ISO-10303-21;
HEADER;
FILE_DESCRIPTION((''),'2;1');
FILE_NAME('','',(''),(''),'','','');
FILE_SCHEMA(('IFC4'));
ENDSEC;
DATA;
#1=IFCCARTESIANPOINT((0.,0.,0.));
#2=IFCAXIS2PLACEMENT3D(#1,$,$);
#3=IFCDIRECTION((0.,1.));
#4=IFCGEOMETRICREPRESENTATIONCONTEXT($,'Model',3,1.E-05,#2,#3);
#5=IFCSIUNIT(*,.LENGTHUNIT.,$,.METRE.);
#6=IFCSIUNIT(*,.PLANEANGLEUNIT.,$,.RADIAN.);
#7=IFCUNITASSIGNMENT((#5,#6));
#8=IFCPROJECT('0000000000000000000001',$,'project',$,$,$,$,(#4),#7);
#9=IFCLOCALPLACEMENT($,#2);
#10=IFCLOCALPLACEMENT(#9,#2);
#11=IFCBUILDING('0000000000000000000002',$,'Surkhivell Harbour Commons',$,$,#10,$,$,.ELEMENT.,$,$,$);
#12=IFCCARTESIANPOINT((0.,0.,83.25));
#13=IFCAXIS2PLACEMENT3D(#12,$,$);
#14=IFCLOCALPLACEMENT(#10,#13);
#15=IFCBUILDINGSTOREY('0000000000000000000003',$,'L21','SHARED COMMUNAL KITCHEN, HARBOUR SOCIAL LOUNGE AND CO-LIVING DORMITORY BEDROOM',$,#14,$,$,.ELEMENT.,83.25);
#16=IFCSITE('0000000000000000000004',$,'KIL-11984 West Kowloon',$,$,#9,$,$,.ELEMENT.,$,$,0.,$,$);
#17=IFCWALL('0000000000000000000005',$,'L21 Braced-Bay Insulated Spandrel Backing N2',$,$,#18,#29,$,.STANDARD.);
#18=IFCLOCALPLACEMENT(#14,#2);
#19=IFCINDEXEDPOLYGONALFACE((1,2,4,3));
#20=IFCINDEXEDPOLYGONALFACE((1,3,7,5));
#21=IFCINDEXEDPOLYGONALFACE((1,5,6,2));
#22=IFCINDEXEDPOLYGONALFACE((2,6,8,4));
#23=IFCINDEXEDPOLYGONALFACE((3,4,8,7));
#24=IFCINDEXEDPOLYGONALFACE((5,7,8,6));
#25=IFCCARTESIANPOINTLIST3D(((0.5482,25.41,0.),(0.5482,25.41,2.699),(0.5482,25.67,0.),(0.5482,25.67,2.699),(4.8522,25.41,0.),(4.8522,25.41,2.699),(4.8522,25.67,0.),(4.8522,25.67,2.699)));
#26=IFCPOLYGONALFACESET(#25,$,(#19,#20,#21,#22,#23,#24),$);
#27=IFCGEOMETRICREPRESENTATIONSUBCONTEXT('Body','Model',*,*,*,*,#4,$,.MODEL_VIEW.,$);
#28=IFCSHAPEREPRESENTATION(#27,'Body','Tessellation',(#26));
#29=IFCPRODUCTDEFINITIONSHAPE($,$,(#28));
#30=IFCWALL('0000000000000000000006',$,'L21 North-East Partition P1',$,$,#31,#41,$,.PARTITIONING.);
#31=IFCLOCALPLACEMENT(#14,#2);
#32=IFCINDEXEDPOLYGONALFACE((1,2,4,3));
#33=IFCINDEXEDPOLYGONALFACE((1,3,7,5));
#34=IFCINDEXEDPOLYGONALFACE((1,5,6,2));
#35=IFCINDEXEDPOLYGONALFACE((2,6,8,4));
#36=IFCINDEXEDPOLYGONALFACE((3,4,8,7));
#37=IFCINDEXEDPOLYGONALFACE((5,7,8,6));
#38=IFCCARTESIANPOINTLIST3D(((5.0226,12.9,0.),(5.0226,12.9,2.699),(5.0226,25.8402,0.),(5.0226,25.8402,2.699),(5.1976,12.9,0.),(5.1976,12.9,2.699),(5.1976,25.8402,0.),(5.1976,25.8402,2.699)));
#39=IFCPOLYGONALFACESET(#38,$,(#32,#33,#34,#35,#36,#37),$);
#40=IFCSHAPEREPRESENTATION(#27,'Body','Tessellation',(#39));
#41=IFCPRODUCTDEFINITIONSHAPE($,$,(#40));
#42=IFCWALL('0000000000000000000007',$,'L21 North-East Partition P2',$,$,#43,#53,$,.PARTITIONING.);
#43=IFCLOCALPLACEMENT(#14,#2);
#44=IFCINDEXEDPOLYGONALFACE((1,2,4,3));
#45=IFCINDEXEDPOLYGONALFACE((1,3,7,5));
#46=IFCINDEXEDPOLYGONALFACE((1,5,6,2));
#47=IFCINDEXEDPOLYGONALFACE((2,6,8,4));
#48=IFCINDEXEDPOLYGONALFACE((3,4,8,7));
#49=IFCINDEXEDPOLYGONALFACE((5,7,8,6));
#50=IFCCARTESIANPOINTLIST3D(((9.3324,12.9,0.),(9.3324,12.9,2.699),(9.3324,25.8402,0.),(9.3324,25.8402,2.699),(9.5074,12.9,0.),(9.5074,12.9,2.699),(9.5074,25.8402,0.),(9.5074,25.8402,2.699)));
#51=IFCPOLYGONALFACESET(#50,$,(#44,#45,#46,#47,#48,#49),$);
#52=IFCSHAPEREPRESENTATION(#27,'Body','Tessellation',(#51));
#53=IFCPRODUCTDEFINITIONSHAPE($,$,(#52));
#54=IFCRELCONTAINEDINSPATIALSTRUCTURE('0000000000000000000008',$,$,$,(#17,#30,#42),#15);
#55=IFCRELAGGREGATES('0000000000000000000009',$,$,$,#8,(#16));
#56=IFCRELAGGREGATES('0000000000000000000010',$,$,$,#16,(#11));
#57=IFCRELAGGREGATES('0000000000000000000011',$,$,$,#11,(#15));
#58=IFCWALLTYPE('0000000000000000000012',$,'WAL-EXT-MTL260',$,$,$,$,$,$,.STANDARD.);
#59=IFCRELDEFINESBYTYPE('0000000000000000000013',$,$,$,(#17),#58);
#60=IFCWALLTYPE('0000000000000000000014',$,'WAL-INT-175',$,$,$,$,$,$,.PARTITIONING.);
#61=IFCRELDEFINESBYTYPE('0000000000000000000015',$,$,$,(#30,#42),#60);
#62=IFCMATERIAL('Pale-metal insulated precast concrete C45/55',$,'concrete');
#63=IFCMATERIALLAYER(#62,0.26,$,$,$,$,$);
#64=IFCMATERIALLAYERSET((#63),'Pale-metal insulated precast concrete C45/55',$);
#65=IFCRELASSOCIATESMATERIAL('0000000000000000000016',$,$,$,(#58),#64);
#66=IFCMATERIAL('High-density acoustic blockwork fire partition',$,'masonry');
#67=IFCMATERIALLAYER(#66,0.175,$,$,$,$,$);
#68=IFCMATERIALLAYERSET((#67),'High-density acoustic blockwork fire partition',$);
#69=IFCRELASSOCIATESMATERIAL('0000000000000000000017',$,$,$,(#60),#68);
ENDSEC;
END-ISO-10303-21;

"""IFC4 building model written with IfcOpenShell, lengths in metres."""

from ifc_helpers import new_model, si_unit, direction, frame, frame_2d, origin, place, context, subcontext, project, spatial, rectangle, extrude, material, layer, layer_set, type_object, element, save


model = new_model("IFC4")

# Units and contexts
model_context = context("Model", 3, precision=1e-05, world=origin(), true_north=direction((0.0, 1.0)))
body_context = subcontext(model_context, "Body", "Model", "MODEL_VIEW")
ifc_project = project(units=[si_unit("LENGTHUNIT", "METRE"), si_unit("PLANEANGLEUNIT", "RADIAN")], contexts=[model_context])

# Site, building, storey
site_placement = place(None, origin())
site = spatial("IfcSite", under=ifc_project, at=site_placement, Name="KIL-11984 West Kowloon", CompositionType="ELEMENT", RefElevation=0.0)
building_placement = place(site_placement, origin())
building = spatial("IfcBuilding", under=site, at=building_placement, Name="Surkhivell Harbour Commons", CompositionType="ELEMENT")
storey_placement = place(building_placement, frame((0.0, 0.0, 83.25)))
storey = spatial("IfcBuildingStorey", under=building, at=storey_placement, Name="L21", Description="SHARED COMMUNAL KITCHEN, HARBOUR SOCIAL LOUNGE AND CO-LIVING DORMITORY BEDROOM", CompositionType="ELEMENT", Elevation=83.25)

# Walls
ifc_material_1 = material(Name="Pale-metal insulated precast concrete C45/55", Category="concrete")
ifc_layer_1 = layer(ifc_material_1, 0.26)
ifc_layer_set_1 = layer_set([ifc_layer_1], Name="Pale-metal insulated precast concrete C45/55")
wall_type_1 = type_object("IfcWallType", Name="WAL-EXT-MTL260", PredefinedType="STANDARD", material=ifc_layer_set_1)
for number, where, z_axis, x_axis, name in (
    (1, (4.8521, 25.54, 0.0), (0.0, 0.0, 1.0), (-1.0, 0.0, 0.0), "L21 Braced-Bay Insulated Spandrel Backing N2"),
):
    element("IfcWall", number, at=place(storey_placement, frame(where, z_axis=z_axis, x_axis=x_axis)), inside=storey, type_object=wall_type_1, Name=name, PredefinedType="STANDARD", context=body_context, shape_type="SweptSolid", body=[
        extrude(rectangle(XDim=4.304, YDim=0.26, at=frame_2d((2.1519, 0.0))), origin(), (0.0, 0.0, 1.0), 2.699),
    ])
ifc_material_2 = material(Name="High-density acoustic blockwork fire partition", Category="masonry")
ifc_layer_2 = layer(ifc_material_2, 0.175)
ifc_layer_set_2 = layer_set([ifc_layer_2], Name="High-density acoustic blockwork fire partition")
wall_type_2 = type_object("IfcWallType", Name="WAL-INT-175", PredefinedType="PARTITIONING", material=ifc_layer_set_2)
for number, where, z_axis, x_axis, name in (
    (2, (5.1101, 12.8999, 0.0), (0.0, 0.0, 1.0), (0.0, 1.0, 0.0), "L21 North-East Partition P1"),
    (3, (9.4199, 12.8999, 0.0), (0.0, 0.0, 1.0), (0.0, 1.0, 0.0), "L21 North-East Partition P2"),
):
    element("IfcWall", number, at=place(storey_placement, frame(where, z_axis=z_axis, x_axis=x_axis)), inside=storey, type_object=wall_type_2, Name=name, PredefinedType="PARTITIONING", context=body_context, shape_type="SweptSolid", body=[
        extrude(rectangle(XDim=12.9402, YDim=0.175, at=frame_2d((6.4702, 0.0))), origin(), (0.0, 0.0, 1.0), 2.699),
    ])

save(model, "model.ifc")
